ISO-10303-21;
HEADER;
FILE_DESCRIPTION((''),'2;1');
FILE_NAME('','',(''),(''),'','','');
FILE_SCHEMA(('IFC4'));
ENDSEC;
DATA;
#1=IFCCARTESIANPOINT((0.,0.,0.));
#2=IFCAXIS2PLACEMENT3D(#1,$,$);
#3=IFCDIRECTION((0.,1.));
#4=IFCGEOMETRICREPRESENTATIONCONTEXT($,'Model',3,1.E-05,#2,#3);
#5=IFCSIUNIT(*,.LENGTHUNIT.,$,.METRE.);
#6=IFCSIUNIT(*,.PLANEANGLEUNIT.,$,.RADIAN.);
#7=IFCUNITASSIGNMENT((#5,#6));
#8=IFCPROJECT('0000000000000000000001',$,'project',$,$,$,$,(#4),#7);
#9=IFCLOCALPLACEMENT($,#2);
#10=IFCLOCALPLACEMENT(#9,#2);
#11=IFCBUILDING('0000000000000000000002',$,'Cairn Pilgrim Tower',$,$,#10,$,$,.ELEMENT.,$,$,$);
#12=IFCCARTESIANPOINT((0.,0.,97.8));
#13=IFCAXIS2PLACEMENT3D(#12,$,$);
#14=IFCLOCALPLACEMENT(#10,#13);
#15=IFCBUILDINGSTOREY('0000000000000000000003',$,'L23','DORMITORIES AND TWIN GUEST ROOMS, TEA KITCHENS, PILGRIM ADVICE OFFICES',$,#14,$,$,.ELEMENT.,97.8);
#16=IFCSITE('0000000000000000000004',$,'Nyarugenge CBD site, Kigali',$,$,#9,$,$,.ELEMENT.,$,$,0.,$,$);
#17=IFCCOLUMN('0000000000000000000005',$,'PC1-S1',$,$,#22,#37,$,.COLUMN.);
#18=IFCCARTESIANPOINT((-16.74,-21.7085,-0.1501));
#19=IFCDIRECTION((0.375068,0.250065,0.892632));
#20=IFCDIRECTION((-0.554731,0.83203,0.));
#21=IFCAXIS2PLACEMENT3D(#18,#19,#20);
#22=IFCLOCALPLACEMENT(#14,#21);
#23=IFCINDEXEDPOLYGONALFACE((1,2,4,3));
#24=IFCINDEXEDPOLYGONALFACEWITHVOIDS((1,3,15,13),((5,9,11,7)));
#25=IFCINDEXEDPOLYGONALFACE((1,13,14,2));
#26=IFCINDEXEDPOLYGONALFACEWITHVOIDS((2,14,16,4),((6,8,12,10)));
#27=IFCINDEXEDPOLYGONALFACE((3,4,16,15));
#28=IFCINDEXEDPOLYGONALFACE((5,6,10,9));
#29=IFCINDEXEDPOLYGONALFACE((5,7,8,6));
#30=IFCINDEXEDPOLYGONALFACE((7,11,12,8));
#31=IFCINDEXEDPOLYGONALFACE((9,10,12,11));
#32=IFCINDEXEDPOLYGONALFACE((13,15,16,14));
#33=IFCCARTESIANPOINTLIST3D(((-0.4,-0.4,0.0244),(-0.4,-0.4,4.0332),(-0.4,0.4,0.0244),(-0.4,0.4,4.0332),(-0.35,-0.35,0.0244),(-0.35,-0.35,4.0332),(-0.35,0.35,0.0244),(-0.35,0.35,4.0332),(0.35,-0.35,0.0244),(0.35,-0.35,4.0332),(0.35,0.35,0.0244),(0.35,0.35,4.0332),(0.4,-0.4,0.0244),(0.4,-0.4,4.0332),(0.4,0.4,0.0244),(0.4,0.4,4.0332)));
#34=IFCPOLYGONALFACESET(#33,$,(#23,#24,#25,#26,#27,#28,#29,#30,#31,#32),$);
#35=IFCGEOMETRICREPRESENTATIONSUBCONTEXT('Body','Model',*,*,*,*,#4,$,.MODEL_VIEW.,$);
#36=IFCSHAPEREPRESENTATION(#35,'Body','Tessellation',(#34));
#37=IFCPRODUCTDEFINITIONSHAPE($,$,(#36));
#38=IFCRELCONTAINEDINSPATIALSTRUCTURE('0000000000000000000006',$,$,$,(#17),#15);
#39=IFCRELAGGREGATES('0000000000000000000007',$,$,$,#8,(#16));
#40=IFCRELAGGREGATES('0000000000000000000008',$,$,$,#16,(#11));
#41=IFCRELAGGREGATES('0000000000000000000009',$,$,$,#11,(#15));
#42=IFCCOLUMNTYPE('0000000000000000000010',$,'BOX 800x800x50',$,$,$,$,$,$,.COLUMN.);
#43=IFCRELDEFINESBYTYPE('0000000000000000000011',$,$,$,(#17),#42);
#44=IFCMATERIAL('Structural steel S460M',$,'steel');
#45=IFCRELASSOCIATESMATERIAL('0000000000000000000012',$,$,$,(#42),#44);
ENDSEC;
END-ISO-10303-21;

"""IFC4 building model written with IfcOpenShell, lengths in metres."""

from ifc_helpers import new_model, si_unit, direction, frame, origin, origin_2d, place, context, subcontext, project, spatial, hollow_rectangle, extrude, clip, halfspace, material, material_profile, profile_set, type_object, element, save


model = new_model("IFC4")

# Units and contexts
model_context = context("Model", 3, precision=1e-05, world=origin(), true_north=direction((0.0, 1.0)))
body_context = subcontext(model_context, "Body", "Model", "MODEL_VIEW")
ifc_project = project(units=[si_unit("LENGTHUNIT", "METRE"), si_unit("PLANEANGLEUNIT", "RADIAN")], contexts=[model_context])

# Site, building, storey
site_placement = place(None, origin())
site = spatial("IfcSite", under=ifc_project, at=site_placement, Name="Nyarugenge CBD site, Kigali", CompositionType="ELEMENT", RefElevation=0.0)
building_placement = place(site_placement, origin())
building = spatial("IfcBuilding", under=site, at=building_placement, Name="Cairn Pilgrim Tower", CompositionType="ELEMENT")
storey_placement = place(building_placement, frame((0.0, 0.0, 97.8)))
storey = spatial("IfcBuildingStorey", under=building, at=storey_placement, Name="L23", Description="DORMITORIES AND TWIN GUEST ROOMS, TEA KITCHENS, PILGRIM ADVICE OFFICES", CompositionType="ELEMENT", Elevation=97.8)

# Column
ifc_material_1 = material(Name="Structural steel S460M", Category="steel")
ifc_material_profile_1 = material_profile(ifc_material_1, hollow_rectangle(XDim=0.8, YDim=0.8, WallThickness=0.05, at=origin_2d()), Name="BOX 800x800x50")
ifc_profile_set_1 = profile_set([ifc_material_profile_1], Name="Structural steel S460M")
column_type_1 = type_object("IfcColumnType", Name="BOX 800x800x50", PredefinedType="COLUMN", material=ifc_profile_set_1)
column_1_placement = place(storey_placement, frame((-16.74, -21.7085, -0.1501), z_axis=(0.375068, 0.250065, 0.892632), x_axis=(-0.554731, 0.83203, 0.0)))
element("IfcColumn", 1, at=column_1_placement, inside=storey, type_object=column_type_1, Name="PC1-S1", PredefinedType="COLUMN", context=body_context, shape_type="Clipping", body=[
    clip(extrude(hollow_rectangle(XDim=0.8, YDim=0.8, WallThickness=0.05, at=origin_2d()), origin(), (0.0, 0.0, 1.0), 4.0332), halfspace(frame((0.0, 0.0, 0.0244), z_axis=(0.0, 0.0, 1.0), x_axis=(1.0, 0.0, 0.0)), True)),
])

save(model, "model.ifc")
